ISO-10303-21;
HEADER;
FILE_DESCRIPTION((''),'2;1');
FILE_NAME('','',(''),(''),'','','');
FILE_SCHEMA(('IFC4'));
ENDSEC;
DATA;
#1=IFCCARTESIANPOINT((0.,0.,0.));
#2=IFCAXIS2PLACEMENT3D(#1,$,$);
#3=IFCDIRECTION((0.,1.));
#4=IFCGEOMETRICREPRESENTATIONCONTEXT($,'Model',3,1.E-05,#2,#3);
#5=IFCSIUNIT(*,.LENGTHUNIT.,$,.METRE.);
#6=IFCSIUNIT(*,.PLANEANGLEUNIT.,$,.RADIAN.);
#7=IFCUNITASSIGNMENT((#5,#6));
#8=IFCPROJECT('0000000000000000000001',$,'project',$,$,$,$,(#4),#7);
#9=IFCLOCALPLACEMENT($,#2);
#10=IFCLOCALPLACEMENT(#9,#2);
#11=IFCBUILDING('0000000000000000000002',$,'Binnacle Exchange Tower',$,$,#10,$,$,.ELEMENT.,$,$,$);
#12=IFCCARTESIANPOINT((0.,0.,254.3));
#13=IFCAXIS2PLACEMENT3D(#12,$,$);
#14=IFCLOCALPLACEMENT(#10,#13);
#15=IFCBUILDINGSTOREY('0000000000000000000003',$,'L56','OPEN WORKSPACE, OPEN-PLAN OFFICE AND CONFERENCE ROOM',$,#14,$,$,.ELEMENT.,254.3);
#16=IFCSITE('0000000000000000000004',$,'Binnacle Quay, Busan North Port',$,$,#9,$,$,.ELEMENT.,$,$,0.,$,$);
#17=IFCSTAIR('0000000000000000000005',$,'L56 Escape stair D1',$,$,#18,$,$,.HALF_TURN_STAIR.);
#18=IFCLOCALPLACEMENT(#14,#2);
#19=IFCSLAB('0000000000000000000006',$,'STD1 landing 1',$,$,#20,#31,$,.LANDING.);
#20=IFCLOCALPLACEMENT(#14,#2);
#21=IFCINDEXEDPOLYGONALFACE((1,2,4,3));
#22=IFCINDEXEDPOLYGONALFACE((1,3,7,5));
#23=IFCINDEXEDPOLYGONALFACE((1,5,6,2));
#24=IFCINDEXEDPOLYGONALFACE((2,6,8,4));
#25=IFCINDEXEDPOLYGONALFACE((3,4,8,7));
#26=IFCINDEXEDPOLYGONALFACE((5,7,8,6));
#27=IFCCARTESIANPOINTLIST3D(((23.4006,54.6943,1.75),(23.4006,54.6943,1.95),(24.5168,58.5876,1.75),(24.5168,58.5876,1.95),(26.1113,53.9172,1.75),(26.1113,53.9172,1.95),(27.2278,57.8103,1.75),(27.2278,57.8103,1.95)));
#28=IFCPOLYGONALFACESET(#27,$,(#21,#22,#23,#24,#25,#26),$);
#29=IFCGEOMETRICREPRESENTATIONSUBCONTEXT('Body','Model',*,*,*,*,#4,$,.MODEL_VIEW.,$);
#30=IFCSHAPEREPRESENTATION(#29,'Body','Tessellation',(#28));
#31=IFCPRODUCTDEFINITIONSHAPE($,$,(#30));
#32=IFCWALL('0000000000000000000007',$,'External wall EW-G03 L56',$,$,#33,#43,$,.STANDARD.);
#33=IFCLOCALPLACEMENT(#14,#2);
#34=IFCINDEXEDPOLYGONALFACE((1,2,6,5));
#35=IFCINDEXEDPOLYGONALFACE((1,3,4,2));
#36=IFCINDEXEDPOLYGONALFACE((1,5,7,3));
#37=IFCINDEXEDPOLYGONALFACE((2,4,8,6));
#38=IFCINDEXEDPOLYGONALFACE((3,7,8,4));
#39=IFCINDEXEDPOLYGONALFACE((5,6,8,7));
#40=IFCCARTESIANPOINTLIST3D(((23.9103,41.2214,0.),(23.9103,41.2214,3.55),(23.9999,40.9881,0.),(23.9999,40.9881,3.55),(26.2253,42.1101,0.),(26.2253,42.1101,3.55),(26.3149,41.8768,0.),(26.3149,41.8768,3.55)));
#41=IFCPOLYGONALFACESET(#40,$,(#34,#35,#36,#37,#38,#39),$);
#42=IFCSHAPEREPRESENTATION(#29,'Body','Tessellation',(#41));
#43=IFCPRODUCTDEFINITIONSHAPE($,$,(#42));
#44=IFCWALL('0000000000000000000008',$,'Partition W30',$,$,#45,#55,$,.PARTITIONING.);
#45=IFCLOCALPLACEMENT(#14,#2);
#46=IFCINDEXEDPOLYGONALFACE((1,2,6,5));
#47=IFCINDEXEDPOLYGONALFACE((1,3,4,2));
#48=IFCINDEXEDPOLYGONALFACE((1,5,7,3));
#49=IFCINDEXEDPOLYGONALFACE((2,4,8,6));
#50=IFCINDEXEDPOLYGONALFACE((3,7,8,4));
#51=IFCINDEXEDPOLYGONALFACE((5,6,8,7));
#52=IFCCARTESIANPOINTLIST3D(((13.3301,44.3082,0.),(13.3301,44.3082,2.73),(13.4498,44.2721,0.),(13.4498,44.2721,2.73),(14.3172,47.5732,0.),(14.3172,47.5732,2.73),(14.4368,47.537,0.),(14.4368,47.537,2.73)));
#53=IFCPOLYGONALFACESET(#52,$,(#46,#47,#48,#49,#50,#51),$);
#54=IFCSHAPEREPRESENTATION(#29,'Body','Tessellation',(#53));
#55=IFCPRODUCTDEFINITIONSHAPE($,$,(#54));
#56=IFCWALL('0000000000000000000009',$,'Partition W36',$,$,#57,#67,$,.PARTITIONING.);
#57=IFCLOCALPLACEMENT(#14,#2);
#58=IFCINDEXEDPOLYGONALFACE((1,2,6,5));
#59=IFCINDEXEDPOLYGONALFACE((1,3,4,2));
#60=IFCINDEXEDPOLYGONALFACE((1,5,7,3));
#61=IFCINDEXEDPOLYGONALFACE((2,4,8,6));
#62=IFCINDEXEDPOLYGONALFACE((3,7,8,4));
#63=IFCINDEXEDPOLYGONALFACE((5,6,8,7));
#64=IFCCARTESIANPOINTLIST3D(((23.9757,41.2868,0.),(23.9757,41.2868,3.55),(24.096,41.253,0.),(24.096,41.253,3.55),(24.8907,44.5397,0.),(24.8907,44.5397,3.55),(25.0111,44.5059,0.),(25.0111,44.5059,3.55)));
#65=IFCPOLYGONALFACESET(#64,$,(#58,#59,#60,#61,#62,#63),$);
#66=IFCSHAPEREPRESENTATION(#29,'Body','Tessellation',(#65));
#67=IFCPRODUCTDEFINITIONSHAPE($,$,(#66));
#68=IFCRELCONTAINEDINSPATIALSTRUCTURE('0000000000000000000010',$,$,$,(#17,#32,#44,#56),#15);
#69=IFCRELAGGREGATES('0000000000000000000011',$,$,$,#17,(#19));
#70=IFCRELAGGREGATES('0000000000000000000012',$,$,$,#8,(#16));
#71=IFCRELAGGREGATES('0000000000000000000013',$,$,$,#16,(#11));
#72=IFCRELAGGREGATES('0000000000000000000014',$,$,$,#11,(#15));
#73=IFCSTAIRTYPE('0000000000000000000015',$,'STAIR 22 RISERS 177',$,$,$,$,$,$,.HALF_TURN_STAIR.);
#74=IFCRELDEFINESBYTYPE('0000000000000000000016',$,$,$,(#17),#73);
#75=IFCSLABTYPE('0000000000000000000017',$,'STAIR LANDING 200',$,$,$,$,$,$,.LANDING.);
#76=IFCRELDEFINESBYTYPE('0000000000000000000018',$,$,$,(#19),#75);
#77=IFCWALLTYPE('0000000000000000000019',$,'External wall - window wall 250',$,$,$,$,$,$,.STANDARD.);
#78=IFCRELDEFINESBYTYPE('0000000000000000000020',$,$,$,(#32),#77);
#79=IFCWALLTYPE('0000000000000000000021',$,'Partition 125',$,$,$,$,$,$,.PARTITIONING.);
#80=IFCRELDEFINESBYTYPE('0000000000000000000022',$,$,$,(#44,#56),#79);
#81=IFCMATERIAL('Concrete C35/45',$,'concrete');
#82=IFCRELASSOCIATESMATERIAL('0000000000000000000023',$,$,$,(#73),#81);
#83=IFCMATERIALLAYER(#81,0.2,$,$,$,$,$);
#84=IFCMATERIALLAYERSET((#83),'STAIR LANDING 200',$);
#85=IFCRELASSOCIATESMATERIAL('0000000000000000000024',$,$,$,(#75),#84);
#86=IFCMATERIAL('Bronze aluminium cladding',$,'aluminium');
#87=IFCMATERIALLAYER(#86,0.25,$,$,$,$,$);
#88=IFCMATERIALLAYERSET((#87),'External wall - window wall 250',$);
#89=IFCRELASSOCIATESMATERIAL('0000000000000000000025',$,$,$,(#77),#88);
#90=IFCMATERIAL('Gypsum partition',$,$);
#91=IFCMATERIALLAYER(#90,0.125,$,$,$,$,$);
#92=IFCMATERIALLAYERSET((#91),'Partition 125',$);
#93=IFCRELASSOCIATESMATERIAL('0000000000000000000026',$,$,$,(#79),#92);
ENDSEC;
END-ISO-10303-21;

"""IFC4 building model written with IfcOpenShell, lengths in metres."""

from ifc_helpers import new_model, si_unit, direction, frame, frame_2d, origin, place, context, subcontext, project, spatial, polyline, rectangle, outline, extrude, material, layer, layer_set, type_object, element, aggregate, save


model = new_model("IFC4")

# Units and contexts
model_context = context("Model", 3, precision=1e-05, world=origin(), true_north=direction((0.0, 1.0)))
body_context = subcontext(model_context, "Body", "Model", "MODEL_VIEW")
ifc_project = project(units=[si_unit("LENGTHUNIT", "METRE"), si_unit("PLANEANGLEUNIT", "RADIAN")], contexts=[model_context])

# Site, building, storey
site_placement = place(None, origin())
site = spatial("IfcSite", under=ifc_project, at=site_placement, Name="Binnacle Quay, Busan North Port", CompositionType="ELEMENT", RefElevation=0.0)
building_placement = place(site_placement, origin())
building = spatial("IfcBuilding", under=site, at=building_placement, Name="Binnacle Exchange Tower", CompositionType="ELEMENT")
storey_placement = place(building_placement, frame((0.0, 0.0, 254.3)))
storey = spatial("IfcBuildingStorey", under=building, at=storey_placement, Name="L56", Description="OPEN WORKSPACE, OPEN-PLAN OFFICE AND CONFERENCE ROOM", CompositionType="ELEMENT", Elevation=254.3)

# Stair, slab
ifc_material_1 = material(Name="Concrete C35/45", Category="concrete")
stair_type = type_object("IfcStairType", Name="STAIR 22 RISERS 177", PredefinedType="HALF_TURN_STAIR", material=ifc_material_1)
ifc_layer_1 = layer(ifc_material_1, 0.2)
ifc_layer_set_1 = layer_set([ifc_layer_1], Name="STAIR LANDING 200")
slab_type = type_object("IfcSlabType", Name="STAIR LANDING 200", PredefinedType="LANDING", material=ifc_layer_set_1)
stair_1_placement = place(storey_placement, origin())
stair_1 = element("IfcStair", 1, at=stair_1_placement, inside=storey, type_object=stair_type, Name="L56 Escape stair D1", PredefinedType="HALF_TURN_STAIR")
slab_1_placement = place(storey_placement, frame((0.0, 0.0, 1.75)))
slab_1 = element("IfcSlab", 2, at=slab_1_placement, type_object=slab_type, Name="STD1 landing 1", PredefinedType="LANDING", context=body_context, shape_type="SweptSolid", body=[
    extrude(outline(polyline([(23.4006, 54.6943), (26.1113, 53.9172), (27.2278, 57.8103), (24.5168, 58.5876), (23.4006, 54.6943)])), origin(), (0.0, 0.0, 1.0), 0.2),
])
aggregate(stair_1, [slab_1])

# Shared definitions
ifc_material_2 = material(Name="Bronze aluminium cladding", Category="aluminium")
ifc_layer_2 = layer(ifc_material_2, 0.25)
ifc_layer_set_2 = layer_set([ifc_layer_2], Name="External wall - window wall 250")
wall_type_1 = type_object("IfcWallType", Name="External wall - window wall 250", PredefinedType="STANDARD", material=ifc_layer_set_2)

# Walls
wall_1_placement = place(storey_placement, frame((26.27, 41.9934, 0.0), z_axis=(0.0, 0.0, 1.0), x_axis=(-0.933574, -0.358385, 0.0)))
element("IfcWall", 3, at=wall_1_placement, inside=storey, type_object=wall_type_1, Name="External wall EW-G03 L56", PredefinedType="STANDARD", context=body_context, shape_type="SweptSolid", body=[
    extrude(rectangle(XDim=2.4797, YDim=0.25, at=frame_2d((1.2397, 0.0))), origin(), (0.0, 0.0, 1.0), 3.55),
])
ifc_material_3 = material(Name="Gypsum partition")
ifc_layer_3 = layer(ifc_material_3, 0.125)
ifc_layer_set_3 = layer_set([ifc_layer_3], Name="Partition 125")
wall_type_2 = type_object("IfcWallType", Name="Partition 125", PredefinedType="PARTITIONING", material=ifc_layer_set_3)
wall_2_placement = place(storey_placement, frame((13.3899, 44.29, 0.0), z_axis=(0.0, 0.0, 1.0), x_axis=(0.28939, 0.957211, 0.0)))
element("IfcWall", 4, at=wall_2_placement, inside=storey, type_object=wall_type_2, Name="Partition W30", PredefinedType="PARTITIONING", context=body_context, shape_type="SweptSolid", body=[
    extrude(rectangle(XDim=3.4109, YDim=0.125, at=frame_2d((1.7056, 0.0))), origin(), (0.0, 0.0, 1.0), 2.73),
])
wall_3_placement = place(storey_placement, frame((24.0359, 41.27, 0.0), z_axis=(0.0, 0.0, 1.0), x_axis=(0.270787, 0.962639, 0.0)))
element("IfcWall", 5, at=wall_3_placement, inside=storey, type_object=wall_type_2, Name="Partition W36", PredefinedType="PARTITIONING", context=body_context, shape_type="SweptSolid", body=[
    extrude(rectangle(XDim=3.3792, YDim=0.125, at=frame_2d((1.6895, 0.0))), origin(), (0.0, 0.0, 1.0), 3.55),
])

save(model, "model.ifc")
